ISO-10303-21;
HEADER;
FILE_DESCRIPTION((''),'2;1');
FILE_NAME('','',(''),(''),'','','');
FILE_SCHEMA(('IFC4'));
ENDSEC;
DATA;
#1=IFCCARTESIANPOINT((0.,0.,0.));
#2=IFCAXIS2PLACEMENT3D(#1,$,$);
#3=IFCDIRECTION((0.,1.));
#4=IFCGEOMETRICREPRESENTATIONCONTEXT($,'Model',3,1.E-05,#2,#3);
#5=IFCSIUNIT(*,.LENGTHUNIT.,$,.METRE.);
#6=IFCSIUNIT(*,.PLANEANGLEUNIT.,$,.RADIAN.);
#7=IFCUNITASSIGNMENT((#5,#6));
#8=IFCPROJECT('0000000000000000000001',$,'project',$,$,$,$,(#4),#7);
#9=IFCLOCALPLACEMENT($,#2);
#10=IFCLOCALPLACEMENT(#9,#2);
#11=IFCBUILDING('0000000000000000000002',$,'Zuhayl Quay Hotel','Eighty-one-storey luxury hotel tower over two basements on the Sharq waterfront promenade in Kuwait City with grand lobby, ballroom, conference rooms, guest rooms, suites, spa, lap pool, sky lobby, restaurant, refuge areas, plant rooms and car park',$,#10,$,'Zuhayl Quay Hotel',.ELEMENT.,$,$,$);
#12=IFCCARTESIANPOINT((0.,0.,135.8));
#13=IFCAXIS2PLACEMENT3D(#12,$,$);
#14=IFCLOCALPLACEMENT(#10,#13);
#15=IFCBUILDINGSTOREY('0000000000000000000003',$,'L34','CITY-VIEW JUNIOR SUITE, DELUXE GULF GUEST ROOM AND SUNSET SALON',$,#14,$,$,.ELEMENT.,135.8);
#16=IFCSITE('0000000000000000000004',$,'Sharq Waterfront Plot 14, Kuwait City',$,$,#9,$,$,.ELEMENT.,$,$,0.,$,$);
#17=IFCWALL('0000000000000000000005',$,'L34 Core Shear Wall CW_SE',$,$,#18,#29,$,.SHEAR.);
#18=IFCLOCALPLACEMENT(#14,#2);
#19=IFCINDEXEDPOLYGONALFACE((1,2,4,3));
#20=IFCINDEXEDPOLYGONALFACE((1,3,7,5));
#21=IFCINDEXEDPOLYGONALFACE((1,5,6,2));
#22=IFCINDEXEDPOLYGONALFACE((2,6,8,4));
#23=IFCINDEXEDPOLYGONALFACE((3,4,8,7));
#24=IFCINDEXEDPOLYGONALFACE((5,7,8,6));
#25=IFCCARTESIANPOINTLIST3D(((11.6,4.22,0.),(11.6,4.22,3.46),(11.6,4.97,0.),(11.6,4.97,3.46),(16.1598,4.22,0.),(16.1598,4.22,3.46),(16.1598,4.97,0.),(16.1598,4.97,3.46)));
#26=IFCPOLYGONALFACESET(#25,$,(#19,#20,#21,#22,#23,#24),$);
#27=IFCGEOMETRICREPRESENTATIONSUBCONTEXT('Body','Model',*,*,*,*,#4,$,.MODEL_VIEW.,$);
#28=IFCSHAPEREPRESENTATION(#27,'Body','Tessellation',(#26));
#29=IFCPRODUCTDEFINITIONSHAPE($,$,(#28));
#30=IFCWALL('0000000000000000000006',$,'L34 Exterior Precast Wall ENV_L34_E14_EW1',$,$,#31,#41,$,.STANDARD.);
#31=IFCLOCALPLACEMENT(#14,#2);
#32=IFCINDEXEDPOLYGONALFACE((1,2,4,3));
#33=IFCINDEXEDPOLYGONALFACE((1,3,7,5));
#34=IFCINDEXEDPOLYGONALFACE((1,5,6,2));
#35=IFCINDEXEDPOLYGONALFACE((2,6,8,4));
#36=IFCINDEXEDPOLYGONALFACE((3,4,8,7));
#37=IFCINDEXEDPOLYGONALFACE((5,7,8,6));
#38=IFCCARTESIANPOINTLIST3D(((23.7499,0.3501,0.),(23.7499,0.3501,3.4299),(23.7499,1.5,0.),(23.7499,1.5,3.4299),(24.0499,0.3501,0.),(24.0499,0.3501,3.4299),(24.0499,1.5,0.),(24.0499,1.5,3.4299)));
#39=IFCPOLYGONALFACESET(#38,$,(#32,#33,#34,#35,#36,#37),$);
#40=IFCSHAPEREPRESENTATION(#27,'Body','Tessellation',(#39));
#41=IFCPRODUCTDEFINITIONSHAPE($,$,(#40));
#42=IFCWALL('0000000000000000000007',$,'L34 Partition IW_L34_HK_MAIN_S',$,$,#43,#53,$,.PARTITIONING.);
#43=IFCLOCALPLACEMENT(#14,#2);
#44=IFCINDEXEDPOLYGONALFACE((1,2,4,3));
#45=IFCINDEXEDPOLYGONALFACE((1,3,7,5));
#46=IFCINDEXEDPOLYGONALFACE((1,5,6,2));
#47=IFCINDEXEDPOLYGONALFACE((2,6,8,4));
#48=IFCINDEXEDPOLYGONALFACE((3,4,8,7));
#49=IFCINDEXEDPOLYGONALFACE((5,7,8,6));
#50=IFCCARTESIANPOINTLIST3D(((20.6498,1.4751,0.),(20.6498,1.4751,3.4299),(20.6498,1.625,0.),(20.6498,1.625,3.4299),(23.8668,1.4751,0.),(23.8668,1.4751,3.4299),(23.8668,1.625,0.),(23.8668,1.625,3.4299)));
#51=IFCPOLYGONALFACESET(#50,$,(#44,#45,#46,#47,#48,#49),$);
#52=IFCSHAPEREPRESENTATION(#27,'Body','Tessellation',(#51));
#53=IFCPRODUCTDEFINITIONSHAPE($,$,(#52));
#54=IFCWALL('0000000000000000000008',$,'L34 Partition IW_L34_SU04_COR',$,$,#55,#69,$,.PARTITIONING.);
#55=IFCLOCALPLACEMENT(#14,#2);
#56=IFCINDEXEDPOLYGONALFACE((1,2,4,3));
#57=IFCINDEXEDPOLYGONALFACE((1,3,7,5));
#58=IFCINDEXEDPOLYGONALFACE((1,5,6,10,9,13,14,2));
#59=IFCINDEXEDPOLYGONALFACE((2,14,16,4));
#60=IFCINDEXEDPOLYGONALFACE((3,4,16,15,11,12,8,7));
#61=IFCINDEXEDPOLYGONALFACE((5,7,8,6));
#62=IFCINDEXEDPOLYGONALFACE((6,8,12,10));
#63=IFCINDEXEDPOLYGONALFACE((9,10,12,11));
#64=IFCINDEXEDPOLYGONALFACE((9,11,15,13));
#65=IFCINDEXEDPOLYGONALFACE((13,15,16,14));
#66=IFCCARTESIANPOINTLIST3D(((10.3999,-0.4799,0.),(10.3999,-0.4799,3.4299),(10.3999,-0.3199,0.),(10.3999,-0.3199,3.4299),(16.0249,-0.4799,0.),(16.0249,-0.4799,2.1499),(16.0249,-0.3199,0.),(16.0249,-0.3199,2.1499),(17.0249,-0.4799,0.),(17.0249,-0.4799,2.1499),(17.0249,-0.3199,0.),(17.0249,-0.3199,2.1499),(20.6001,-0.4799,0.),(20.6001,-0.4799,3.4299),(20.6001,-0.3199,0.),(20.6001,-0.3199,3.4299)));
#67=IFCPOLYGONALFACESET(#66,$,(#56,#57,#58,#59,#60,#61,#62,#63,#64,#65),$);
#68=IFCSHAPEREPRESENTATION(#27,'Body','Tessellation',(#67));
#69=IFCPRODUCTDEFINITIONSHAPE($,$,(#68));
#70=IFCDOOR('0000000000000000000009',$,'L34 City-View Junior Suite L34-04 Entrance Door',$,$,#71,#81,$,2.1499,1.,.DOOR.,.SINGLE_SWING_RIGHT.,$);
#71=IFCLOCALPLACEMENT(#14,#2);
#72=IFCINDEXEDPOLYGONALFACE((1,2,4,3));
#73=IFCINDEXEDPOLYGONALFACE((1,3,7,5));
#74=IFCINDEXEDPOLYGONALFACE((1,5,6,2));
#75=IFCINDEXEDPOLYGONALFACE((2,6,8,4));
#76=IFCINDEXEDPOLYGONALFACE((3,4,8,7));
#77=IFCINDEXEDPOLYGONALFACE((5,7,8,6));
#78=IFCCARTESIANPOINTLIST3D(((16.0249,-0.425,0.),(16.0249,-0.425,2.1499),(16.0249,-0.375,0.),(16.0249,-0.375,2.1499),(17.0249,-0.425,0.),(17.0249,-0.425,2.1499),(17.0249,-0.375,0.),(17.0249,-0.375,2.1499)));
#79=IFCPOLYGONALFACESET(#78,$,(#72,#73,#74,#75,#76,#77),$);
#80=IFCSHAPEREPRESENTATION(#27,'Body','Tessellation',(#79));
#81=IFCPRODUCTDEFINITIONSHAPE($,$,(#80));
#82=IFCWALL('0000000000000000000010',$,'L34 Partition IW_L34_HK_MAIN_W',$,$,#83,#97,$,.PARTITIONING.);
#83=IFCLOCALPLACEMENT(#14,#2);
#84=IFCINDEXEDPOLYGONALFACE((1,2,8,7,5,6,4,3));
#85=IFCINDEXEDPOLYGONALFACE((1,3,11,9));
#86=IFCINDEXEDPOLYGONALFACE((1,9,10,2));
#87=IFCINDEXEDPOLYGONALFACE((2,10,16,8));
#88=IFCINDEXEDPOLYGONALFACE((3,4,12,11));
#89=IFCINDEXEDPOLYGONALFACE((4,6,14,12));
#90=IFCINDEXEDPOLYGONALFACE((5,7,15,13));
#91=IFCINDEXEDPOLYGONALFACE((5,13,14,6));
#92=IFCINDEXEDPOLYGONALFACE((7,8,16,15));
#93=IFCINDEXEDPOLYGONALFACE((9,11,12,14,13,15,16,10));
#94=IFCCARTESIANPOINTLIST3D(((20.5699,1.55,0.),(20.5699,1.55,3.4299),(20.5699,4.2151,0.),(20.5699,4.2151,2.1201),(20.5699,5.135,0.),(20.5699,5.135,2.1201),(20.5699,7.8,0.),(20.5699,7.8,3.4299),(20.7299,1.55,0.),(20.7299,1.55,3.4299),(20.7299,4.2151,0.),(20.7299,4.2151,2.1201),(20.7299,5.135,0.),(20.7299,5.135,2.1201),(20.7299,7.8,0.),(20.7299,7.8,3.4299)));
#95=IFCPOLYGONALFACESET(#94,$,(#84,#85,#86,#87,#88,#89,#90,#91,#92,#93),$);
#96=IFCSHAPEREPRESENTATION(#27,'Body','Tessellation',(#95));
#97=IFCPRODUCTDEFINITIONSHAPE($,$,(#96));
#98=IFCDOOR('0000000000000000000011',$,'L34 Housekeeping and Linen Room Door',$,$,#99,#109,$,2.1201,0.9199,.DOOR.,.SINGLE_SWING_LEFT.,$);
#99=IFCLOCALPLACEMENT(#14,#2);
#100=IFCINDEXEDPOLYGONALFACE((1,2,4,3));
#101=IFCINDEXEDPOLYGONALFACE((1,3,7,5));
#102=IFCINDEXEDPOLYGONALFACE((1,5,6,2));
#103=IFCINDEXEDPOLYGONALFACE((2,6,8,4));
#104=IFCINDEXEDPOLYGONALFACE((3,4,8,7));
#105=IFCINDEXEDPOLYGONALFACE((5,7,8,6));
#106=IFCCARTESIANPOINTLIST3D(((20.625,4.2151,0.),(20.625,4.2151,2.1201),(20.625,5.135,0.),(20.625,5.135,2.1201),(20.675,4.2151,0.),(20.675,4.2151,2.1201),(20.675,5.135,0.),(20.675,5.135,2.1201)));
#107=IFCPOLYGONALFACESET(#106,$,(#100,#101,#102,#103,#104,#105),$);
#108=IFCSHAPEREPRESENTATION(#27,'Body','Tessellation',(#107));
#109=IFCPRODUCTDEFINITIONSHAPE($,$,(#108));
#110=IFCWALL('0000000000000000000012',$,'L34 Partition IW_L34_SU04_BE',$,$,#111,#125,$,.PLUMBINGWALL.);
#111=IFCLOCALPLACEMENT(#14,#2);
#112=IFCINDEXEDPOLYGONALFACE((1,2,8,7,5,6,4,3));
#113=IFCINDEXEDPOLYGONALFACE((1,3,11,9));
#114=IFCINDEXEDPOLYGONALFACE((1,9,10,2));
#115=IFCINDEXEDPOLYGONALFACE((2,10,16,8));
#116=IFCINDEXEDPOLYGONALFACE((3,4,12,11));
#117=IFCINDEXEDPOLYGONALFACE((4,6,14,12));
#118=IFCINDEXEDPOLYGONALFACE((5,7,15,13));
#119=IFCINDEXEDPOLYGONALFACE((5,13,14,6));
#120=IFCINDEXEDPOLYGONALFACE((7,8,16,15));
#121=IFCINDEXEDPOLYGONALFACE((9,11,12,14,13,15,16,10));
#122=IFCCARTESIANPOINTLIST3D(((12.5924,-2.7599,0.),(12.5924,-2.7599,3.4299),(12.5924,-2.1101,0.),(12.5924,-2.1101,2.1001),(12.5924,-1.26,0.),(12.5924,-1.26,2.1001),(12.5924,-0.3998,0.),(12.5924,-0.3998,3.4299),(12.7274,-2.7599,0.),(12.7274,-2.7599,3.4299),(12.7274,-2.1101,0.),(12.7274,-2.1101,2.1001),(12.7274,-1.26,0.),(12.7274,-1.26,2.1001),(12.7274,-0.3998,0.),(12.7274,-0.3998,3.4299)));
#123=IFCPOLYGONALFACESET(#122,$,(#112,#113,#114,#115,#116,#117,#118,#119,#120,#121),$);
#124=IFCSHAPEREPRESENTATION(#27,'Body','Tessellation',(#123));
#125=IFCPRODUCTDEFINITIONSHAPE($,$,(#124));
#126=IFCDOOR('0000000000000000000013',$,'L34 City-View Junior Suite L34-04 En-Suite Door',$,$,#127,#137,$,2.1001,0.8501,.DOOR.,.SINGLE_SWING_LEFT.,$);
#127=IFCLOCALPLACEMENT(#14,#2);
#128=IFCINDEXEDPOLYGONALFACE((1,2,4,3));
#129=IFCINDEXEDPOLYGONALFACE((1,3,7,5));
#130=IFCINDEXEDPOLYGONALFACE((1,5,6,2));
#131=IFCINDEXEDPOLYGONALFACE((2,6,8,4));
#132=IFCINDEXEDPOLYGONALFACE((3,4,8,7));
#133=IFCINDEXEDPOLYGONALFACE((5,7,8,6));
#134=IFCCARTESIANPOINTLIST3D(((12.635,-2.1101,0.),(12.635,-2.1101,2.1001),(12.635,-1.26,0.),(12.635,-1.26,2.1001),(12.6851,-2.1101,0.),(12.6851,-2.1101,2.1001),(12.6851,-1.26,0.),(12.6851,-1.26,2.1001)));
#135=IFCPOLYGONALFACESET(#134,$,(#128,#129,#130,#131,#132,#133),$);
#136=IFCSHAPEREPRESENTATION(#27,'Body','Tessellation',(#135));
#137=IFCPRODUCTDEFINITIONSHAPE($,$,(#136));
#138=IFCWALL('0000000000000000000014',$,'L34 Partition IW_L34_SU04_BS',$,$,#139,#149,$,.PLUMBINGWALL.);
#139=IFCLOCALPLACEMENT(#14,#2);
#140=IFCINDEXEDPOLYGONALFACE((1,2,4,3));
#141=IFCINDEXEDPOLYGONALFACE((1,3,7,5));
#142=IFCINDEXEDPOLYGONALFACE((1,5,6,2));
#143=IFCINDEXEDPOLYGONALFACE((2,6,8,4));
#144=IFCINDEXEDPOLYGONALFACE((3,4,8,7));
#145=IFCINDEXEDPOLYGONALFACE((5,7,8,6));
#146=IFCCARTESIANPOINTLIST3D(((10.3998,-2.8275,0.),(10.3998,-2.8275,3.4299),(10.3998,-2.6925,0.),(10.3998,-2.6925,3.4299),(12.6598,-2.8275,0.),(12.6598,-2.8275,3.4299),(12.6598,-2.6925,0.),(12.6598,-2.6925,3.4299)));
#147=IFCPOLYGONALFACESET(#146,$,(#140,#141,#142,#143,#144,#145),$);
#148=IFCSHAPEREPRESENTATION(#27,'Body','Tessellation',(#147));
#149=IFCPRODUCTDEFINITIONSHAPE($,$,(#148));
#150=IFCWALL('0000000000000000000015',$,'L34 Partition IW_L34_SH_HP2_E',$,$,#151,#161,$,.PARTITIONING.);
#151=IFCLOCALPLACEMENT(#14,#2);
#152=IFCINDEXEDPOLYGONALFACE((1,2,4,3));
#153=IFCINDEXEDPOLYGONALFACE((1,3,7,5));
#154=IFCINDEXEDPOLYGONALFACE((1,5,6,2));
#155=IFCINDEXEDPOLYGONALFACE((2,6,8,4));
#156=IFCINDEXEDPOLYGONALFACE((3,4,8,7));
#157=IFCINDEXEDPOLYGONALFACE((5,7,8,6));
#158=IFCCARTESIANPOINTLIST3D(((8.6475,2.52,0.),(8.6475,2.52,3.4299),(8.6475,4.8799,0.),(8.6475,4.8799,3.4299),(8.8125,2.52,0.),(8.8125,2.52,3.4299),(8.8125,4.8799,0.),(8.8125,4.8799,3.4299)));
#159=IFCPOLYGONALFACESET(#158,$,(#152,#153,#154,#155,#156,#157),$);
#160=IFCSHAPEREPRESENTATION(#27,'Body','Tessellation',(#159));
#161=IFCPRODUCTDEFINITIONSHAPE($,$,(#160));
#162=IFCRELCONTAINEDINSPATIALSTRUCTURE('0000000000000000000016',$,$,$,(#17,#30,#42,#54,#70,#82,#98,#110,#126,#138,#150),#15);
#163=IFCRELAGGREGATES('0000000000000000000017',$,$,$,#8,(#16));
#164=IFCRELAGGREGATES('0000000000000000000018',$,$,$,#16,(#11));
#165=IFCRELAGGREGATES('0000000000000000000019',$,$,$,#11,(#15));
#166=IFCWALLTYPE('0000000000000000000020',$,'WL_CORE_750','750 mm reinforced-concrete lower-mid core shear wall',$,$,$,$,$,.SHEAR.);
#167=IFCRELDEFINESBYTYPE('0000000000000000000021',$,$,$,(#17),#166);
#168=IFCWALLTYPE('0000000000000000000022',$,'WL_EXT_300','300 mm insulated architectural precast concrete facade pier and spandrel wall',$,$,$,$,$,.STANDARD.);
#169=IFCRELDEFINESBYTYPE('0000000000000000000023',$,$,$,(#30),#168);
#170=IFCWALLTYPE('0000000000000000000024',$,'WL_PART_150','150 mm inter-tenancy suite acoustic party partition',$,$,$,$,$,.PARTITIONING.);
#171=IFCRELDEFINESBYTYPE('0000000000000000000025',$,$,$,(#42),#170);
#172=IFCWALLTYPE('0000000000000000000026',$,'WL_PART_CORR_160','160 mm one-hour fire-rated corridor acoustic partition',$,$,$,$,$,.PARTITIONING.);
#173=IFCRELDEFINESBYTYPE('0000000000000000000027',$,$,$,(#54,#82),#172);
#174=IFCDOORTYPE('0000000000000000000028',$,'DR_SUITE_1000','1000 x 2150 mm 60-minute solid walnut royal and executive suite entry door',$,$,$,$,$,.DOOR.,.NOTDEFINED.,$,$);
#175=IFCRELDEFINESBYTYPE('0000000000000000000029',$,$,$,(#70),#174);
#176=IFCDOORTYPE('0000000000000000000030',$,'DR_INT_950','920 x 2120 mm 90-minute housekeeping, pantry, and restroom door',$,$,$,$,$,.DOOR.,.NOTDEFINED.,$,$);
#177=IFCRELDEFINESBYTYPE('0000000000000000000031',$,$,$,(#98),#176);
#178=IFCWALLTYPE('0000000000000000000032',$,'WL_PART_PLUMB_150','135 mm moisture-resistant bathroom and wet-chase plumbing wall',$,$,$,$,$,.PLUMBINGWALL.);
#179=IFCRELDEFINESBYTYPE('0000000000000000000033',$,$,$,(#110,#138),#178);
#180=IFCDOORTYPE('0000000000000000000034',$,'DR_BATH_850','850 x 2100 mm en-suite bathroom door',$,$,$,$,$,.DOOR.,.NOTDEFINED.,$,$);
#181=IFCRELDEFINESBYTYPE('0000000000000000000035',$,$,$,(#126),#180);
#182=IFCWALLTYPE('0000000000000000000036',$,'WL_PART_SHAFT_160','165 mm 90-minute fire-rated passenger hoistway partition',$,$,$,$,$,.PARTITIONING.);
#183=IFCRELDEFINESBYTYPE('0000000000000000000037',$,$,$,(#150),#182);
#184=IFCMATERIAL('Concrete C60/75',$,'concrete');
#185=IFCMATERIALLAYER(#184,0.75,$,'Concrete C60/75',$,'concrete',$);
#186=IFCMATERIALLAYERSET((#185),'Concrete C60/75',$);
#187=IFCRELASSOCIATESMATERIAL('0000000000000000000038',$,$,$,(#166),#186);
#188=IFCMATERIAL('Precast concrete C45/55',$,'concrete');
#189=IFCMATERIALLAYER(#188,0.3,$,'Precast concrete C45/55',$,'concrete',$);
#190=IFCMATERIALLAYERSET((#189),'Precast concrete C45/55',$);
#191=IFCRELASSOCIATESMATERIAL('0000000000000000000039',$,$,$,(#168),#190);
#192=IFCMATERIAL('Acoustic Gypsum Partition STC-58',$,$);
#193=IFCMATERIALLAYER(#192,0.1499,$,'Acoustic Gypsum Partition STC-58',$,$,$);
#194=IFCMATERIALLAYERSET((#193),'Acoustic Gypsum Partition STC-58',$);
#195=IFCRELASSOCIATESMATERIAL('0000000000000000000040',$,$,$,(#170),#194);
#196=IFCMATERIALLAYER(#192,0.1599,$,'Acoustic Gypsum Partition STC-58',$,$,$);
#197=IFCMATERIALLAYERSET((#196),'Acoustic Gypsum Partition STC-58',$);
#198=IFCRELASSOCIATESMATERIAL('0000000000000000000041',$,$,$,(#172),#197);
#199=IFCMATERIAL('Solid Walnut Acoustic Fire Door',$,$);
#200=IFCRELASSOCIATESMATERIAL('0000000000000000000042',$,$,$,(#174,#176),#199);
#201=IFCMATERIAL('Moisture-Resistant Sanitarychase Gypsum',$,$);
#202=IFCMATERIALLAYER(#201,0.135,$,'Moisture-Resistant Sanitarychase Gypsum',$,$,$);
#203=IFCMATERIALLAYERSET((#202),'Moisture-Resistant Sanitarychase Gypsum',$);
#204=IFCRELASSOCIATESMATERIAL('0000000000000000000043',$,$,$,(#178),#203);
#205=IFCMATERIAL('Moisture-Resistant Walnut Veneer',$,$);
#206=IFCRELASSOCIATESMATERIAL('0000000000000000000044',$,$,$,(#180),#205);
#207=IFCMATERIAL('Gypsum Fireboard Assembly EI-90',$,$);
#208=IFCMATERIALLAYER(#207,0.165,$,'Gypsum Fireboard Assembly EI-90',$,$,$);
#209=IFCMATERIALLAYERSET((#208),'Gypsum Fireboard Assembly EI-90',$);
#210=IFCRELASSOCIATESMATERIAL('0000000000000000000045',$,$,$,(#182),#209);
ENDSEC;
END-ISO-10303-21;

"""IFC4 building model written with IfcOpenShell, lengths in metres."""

from ifc_helpers import new_model, si_unit, direction, frame, frame_2d, origin, place, context, subcontext, project, spatial, rectangle, extrude, material, layer, layer_set, type_object, element, fill, save


model = new_model("IFC4")

# Units and contexts
model_context = context("Model", 3, precision=1e-05, world=origin(), true_north=direction((0.0, 1.0)))
body_context = subcontext(model_context, "Body", "Model", "MODEL_VIEW")
ifc_project = project(units=[si_unit("LENGTHUNIT", "METRE"), si_unit("PLANEANGLEUNIT", "RADIAN")], contexts=[model_context])

# Site, building, storey
site_placement = place(None, origin())
site = spatial("IfcSite", under=ifc_project, at=site_placement, Name="Sharq Waterfront Plot 14, Kuwait City", CompositionType="ELEMENT", RefElevation=0.0)
building_placement = place(site_placement, origin())
building = spatial("IfcBuilding", under=site, at=building_placement, Name="Zuhayl Quay Hotel", Description="Eighty-one-storey luxury hotel tower over two basements on the Sharq waterfront promenade in Kuwait City with grand lobby, ballroom, conference rooms, guest rooms, suites, spa, lap pool, sky lobby, restaurant, refuge areas, plant rooms and car park", LongName="Zuhayl Quay Hotel", CompositionType="ELEMENT")
storey_placement = place(building_placement, frame((0.0, 0.0, 135.8)))
storey = spatial("IfcBuildingStorey", under=building, at=storey_placement, Name="L34", Description="CITY-VIEW JUNIOR SUITE, DELUXE GULF GUEST ROOM AND SUNSET SALON", CompositionType="ELEMENT", Elevation=135.8)

# Shared definitions
ifc_material_1 = material(Name="Concrete C60/75", Category="concrete")

# Walls
ifc_layer_1 = layer(ifc_material_1, 0.75, Name="Concrete C60/75", Category="concrete")
ifc_layer_set_1 = layer_set([ifc_layer_1], Name="Concrete C60/75")
wall_type_1 = type_object("IfcWallType", Name="WL_CORE_750", Description="750 mm reinforced-concrete lower-mid core shear wall", PredefinedType="SHEAR", material=ifc_layer_set_1)
wall_1_placement = place(storey_placement, frame((11.6001, 4.595, 0.0), z_axis=(0.0, 0.0, 1.0), x_axis=(1.0, 0.0, 0.0)))
element("IfcWall", 1, at=wall_1_placement, inside=storey, type_object=wall_type_1, Name="L34 Core Shear Wall CW_SE", PredefinedType="SHEAR", context=body_context, shape_type="SweptSolid", body=[
    extrude(rectangle(XDim=4.5598, YDim=0.75, at=frame_2d((2.2798, 0.0))), origin(), (0.0, 0.0, 1.0), 3.46),
])
ifc_material_2 = material(Name="Precast concrete C45/55", Category="concrete")
ifc_layer_2 = layer(ifc_material_2, 0.3, Name="Precast concrete C45/55", Category="concrete")
ifc_layer_set_2 = layer_set([ifc_layer_2], Name="Precast concrete C45/55")
wall_type_2 = type_object("IfcWallType", Name="WL_EXT_300", Description="300 mm insulated architectural precast concrete facade pier and spandrel wall", PredefinedType="STANDARD", material=ifc_layer_set_2)
wall_2_placement = place(storey_placement, frame((23.8999, 1.5, 0.0), z_axis=(0.0, 0.0, 1.0), x_axis=(0.0, -1.0, 0.0)))
element("IfcWall", 2, at=wall_2_placement, inside=storey, type_object=wall_type_2, Name="L34 Exterior Precast Wall ENV_L34_E14_EW1", PredefinedType="STANDARD", context=body_context, shape_type="SweptSolid", body=[
    extrude(rectangle(XDim=1.1499, YDim=0.3, at=frame_2d((0.575, 0.0))), origin(), (0.0, 0.0, 1.0), 3.4299),
])
ifc_material_3 = material(Name="Acoustic Gypsum Partition STC-58")
ifc_layer_3 = layer(ifc_material_3, 0.1499, Name="Acoustic Gypsum Partition STC-58")
ifc_layer_set_3 = layer_set([ifc_layer_3], Name="Acoustic Gypsum Partition STC-58")
wall_type_3 = type_object("IfcWallType", Name="WL_PART_150", Description="150 mm inter-tenancy suite acoustic party partition", PredefinedType="PARTITIONING", material=ifc_layer_set_3)
wall_3_placement = place(storey_placement, frame((20.6499, 1.55, 0.0), z_axis=(0.0, 0.0, 1.0), x_axis=(1.0, 0.0, 0.0)))
element("IfcWall", 3, at=wall_3_placement, inside=storey, type_object=wall_type_3, Name="L34 Partition IW_L34_HK_MAIN_S", PredefinedType="PARTITIONING", context=body_context, shape_type="SweptSolid", body=[
    extrude(rectangle(XDim=3.217, YDim=0.1499, at=frame_2d((1.6084, 0.0))), origin(), (0.0, 0.0, 1.0), 3.4299),
])

# Walls, openings, doors
ifc_layer_4 = layer(ifc_material_3, 0.1599, Name="Acoustic Gypsum Partition STC-58")
ifc_layer_set_4 = layer_set([ifc_layer_4], Name="Acoustic Gypsum Partition STC-58")
wall_type_4 = type_object("IfcWallType", Name="WL_PART_CORR_160", Description="160 mm one-hour fire-rated corridor acoustic partition", PredefinedType="PARTITIONING", material=ifc_layer_set_4)
wall_4_placement = place(storey_placement, frame((10.3999, -0.3999, 0.0), z_axis=(0.0, 0.0, 1.0), x_axis=(1.0, 0.0, 0.0)))
wall_4 = element("IfcWall", 4, at=wall_4_placement, inside=storey, type_object=wall_type_4, Name="L34 Partition IW_L34_SU04_COR", PredefinedType="PARTITIONING", context=body_context, shape_type="SweptSolid", body=[
    extrude(rectangle(XDim=10.2002, YDim=0.1599, at=frame_2d((5.1001, 0.0))), origin(), (0.0, 0.0, 1.0), 3.4299),
])
opening_1_placement = place(wall_4_placement, frame((5.625, 0.0, 0.0)))
opening_1 = element("IfcOpeningElement", 5, at=opening_1_placement, cuts=wall_4, PredefinedType="OPENING", context=body_context, shape_type="SweptSolid", body=[
    extrude(rectangle(XDim=1.0, YDim=2.1499, at=frame_2d((0.5, 1.075))), frame((0.0, 0.0898, 0.0), z_axis=(0.0, -1.0, 0.0), x_axis=(1.0, 0.0, 0.0)), (0.0, 0.0, 1.0), 0.1799),
])
ifc_material_4 = material(Name="Solid Walnut Acoustic Fire Door")
door_type_1 = type_object("IfcDoorType", Name="DR_SUITE_1000", Description="1000 x 2150 mm 60-minute solid walnut royal and executive suite entry door", OperationType="NOTDEFINED", PredefinedType="DOOR", material=ifc_material_4)
door_1_placement = place(opening_1_placement, origin())
door_1 = element("IfcDoor", 6, at=door_1_placement, inside=storey, type_object=door_type_1, Name="L34 City-View Junior Suite L34-04 Entrance Door", OperationType="SINGLE_SWING_RIGHT", OverallHeight=2.1499, OverallWidth=1.0, PredefinedType="DOOR", context=body_context, shape_type="SweptSolid", body=[
    extrude(rectangle(XDim=1.0, YDim=2.1499, at=frame_2d((0.5, 1.075))), frame((0.0, 0.0249, 0.0), z_axis=(0.0, -1.0, 0.0), x_axis=(1.0, 0.0, 0.0)), (0.0, 0.0, 1.0), 0.05),
])
fill(opening_1, door_1)
wall_5_placement = place(storey_placement, frame((20.6499, 1.55, 0.0), z_axis=(0.0, 0.0, 1.0), x_axis=(0.0, 1.0, 0.0)))
wall_5 = element("IfcWall", 7, at=wall_5_placement, inside=storey, type_object=wall_type_4, Name="L34 Partition IW_L34_HK_MAIN_W", PredefinedType="PARTITIONING", context=body_context, shape_type="SweptSolid", body=[
    extrude(rectangle(XDim=6.25, YDim=0.1599, at=frame_2d((3.125, 0.0))), origin(), (0.0, 0.0, 1.0), 3.4299),
])
opening_2_placement = place(wall_5_placement, frame((2.665, 0.0, 0.0)))
opening_2 = element("IfcOpeningElement", 8, at=opening_2_placement, cuts=wall_5, PredefinedType="OPENING", context=body_context, shape_type="SweptSolid", body=[
    extrude(rectangle(XDim=0.9199, YDim=2.1201, at=frame_2d((0.46, 1.0601))), frame((0.0, 0.0898, 0.0), z_axis=(0.0, -1.0, 0.0), x_axis=(1.0, 0.0, 0.0)), (0.0, 0.0, 1.0), 0.1799),
])
door_type_2 = type_object("IfcDoorType", Name="DR_INT_950", Description="920 x 2120 mm 90-minute housekeeping, pantry, and restroom door", OperationType="NOTDEFINED", PredefinedType="DOOR", material=ifc_material_4)
door_2_placement = place(opening_2_placement, origin())
door_2 = element("IfcDoor", 9, at=door_2_placement, inside=storey, type_object=door_type_2, Name="L34 Housekeeping and Linen Room Door", OperationType="SINGLE_SWING_LEFT", OverallHeight=2.1201, OverallWidth=0.9199, PredefinedType="DOOR", context=body_context, shape_type="SweptSolid", body=[
    extrude(rectangle(XDim=0.9199, YDim=2.1201, at=frame_2d((0.46, 1.0601))), frame((0.0, 0.0249, 0.0), z_axis=(0.0, -1.0, 0.0), x_axis=(1.0, 0.0, 0.0)), (0.0, 0.0, 1.0), 0.05),
])
fill(opening_2, door_2)
ifc_material_5 = material(Name="Moisture-Resistant Sanitarychase Gypsum")
ifc_layer_5 = layer(ifc_material_5, 0.135, Name="Moisture-Resistant Sanitarychase Gypsum")
ifc_layer_set_5 = layer_set([ifc_layer_5], Name="Moisture-Resistant Sanitarychase Gypsum")
wall_type_5 = type_object("IfcWallType", Name="WL_PART_PLUMB_150", Description="135 mm moisture-resistant bathroom and wet-chase plumbing wall", PredefinedType="PLUMBINGWALL", material=ifc_layer_set_5)
wall_6_placement = place(storey_placement, frame((12.6599, -2.76, 0.0), z_axis=(0.0, 0.0, 1.0), x_axis=(0.0, 1.0, 0.0)))
wall_6 = element("IfcWall", 10, at=wall_6_placement, inside=storey, type_object=wall_type_5, Name="L34 Partition IW_L34_SU04_BE", PredefinedType="PLUMBINGWALL", context=body_context, shape_type="SweptSolid", body=[
    extrude(rectangle(XDim=2.3601, YDim=0.135, at=frame_2d((1.1802, 0.0))), origin(), (0.0, 0.0, 1.0), 3.4299),
])
opening_3_placement = place(wall_6_placement, frame((0.6499, 0.0, 0.0)))
opening_3 = element("IfcOpeningElement", 11, at=opening_3_placement, cuts=wall_6, PredefinedType="OPENING", context=body_context, shape_type="SweptSolid", body=[
    extrude(rectangle(XDim=0.8501, YDim=2.1001, at=frame_2d((0.425, 1.05))), frame((0.0, 0.0774, 0.0), z_axis=(0.0, -1.0, 0.0), x_axis=(1.0, 0.0, 0.0)), (0.0, 0.0, 1.0), 0.155),
])
ifc_material_6 = material(Name="Moisture-Resistant Walnut Veneer")
door_type_3 = type_object("IfcDoorType", Name="DR_BATH_850", Description="850 x 2100 mm en-suite bathroom door", OperationType="NOTDEFINED", PredefinedType="DOOR", material=ifc_material_6)
door_3_placement = place(opening_3_placement, origin())
door_3 = element("IfcDoor", 12, at=door_3_placement, inside=storey, type_object=door_type_3, Name="L34 City-View Junior Suite L34-04 En-Suite Door", OperationType="SINGLE_SWING_LEFT", OverallHeight=2.1001, OverallWidth=0.8501, PredefinedType="DOOR", context=body_context, shape_type="SweptSolid", body=[
    extrude(rectangle(XDim=0.8501, YDim=2.1001, at=frame_2d((0.425, 1.05))), frame((0.0, 0.0249, 0.0), z_axis=(0.0, -1.0, 0.0), x_axis=(1.0, 0.0, 0.0)), (0.0, 0.0, 1.0), 0.05),
])
fill(opening_3, door_3)

# Walls
wall_7_placement = place(storey_placement, frame((10.3999, -2.76, 0.0), z_axis=(0.0, 0.0, 1.0), x_axis=(1.0, 0.0, 0.0)))
element("IfcWall", 13, at=wall_7_placement, inside=storey, type_object=wall_type_5, Name="L34 Partition IW_L34_SU04_BS", PredefinedType="PLUMBINGWALL", context=body_context, shape_type="SweptSolid", body=[
    extrude(rectangle(XDim=2.26, YDim=0.135, at=frame_2d((1.1299, 0.0))), origin(), (0.0, 0.0, 1.0), 3.4299),
])
ifc_material_7 = material(Name="Gypsum Fireboard Assembly EI-90")
ifc_layer_6 = layer(ifc_material_7, 0.165, Name="Gypsum Fireboard Assembly EI-90")
ifc_layer_set_6 = layer_set([ifc_layer_6], Name="Gypsum Fireboard Assembly EI-90")
wall_type_6 = type_object("IfcWallType", Name="WL_PART_SHAFT_160", Description="165 mm 90-minute fire-rated passenger hoistway partition", PredefinedType="PARTITIONING", material=ifc_layer_set_6)
wall_8_placement = place(storey_placement, frame((8.73, 2.52, 0.0), z_axis=(0.0, 0.0, 1.0), x_axis=(0.0, 1.0, 0.0)))
element("IfcWall", 14, at=wall_8_placement, inside=storey, type_object=wall_type_6, Name="L34 Partition IW_L34_SH_HP2_E", PredefinedType="PARTITIONING", context=body_context, shape_type="SweptSolid", body=[
    extrude(rectangle(XDim=2.3599, YDim=0.165, at=frame_2d((1.1799, 0.0))), origin(), (0.0, 0.0, 1.0), 3.4299),
])

save(model, "model.ifc")
